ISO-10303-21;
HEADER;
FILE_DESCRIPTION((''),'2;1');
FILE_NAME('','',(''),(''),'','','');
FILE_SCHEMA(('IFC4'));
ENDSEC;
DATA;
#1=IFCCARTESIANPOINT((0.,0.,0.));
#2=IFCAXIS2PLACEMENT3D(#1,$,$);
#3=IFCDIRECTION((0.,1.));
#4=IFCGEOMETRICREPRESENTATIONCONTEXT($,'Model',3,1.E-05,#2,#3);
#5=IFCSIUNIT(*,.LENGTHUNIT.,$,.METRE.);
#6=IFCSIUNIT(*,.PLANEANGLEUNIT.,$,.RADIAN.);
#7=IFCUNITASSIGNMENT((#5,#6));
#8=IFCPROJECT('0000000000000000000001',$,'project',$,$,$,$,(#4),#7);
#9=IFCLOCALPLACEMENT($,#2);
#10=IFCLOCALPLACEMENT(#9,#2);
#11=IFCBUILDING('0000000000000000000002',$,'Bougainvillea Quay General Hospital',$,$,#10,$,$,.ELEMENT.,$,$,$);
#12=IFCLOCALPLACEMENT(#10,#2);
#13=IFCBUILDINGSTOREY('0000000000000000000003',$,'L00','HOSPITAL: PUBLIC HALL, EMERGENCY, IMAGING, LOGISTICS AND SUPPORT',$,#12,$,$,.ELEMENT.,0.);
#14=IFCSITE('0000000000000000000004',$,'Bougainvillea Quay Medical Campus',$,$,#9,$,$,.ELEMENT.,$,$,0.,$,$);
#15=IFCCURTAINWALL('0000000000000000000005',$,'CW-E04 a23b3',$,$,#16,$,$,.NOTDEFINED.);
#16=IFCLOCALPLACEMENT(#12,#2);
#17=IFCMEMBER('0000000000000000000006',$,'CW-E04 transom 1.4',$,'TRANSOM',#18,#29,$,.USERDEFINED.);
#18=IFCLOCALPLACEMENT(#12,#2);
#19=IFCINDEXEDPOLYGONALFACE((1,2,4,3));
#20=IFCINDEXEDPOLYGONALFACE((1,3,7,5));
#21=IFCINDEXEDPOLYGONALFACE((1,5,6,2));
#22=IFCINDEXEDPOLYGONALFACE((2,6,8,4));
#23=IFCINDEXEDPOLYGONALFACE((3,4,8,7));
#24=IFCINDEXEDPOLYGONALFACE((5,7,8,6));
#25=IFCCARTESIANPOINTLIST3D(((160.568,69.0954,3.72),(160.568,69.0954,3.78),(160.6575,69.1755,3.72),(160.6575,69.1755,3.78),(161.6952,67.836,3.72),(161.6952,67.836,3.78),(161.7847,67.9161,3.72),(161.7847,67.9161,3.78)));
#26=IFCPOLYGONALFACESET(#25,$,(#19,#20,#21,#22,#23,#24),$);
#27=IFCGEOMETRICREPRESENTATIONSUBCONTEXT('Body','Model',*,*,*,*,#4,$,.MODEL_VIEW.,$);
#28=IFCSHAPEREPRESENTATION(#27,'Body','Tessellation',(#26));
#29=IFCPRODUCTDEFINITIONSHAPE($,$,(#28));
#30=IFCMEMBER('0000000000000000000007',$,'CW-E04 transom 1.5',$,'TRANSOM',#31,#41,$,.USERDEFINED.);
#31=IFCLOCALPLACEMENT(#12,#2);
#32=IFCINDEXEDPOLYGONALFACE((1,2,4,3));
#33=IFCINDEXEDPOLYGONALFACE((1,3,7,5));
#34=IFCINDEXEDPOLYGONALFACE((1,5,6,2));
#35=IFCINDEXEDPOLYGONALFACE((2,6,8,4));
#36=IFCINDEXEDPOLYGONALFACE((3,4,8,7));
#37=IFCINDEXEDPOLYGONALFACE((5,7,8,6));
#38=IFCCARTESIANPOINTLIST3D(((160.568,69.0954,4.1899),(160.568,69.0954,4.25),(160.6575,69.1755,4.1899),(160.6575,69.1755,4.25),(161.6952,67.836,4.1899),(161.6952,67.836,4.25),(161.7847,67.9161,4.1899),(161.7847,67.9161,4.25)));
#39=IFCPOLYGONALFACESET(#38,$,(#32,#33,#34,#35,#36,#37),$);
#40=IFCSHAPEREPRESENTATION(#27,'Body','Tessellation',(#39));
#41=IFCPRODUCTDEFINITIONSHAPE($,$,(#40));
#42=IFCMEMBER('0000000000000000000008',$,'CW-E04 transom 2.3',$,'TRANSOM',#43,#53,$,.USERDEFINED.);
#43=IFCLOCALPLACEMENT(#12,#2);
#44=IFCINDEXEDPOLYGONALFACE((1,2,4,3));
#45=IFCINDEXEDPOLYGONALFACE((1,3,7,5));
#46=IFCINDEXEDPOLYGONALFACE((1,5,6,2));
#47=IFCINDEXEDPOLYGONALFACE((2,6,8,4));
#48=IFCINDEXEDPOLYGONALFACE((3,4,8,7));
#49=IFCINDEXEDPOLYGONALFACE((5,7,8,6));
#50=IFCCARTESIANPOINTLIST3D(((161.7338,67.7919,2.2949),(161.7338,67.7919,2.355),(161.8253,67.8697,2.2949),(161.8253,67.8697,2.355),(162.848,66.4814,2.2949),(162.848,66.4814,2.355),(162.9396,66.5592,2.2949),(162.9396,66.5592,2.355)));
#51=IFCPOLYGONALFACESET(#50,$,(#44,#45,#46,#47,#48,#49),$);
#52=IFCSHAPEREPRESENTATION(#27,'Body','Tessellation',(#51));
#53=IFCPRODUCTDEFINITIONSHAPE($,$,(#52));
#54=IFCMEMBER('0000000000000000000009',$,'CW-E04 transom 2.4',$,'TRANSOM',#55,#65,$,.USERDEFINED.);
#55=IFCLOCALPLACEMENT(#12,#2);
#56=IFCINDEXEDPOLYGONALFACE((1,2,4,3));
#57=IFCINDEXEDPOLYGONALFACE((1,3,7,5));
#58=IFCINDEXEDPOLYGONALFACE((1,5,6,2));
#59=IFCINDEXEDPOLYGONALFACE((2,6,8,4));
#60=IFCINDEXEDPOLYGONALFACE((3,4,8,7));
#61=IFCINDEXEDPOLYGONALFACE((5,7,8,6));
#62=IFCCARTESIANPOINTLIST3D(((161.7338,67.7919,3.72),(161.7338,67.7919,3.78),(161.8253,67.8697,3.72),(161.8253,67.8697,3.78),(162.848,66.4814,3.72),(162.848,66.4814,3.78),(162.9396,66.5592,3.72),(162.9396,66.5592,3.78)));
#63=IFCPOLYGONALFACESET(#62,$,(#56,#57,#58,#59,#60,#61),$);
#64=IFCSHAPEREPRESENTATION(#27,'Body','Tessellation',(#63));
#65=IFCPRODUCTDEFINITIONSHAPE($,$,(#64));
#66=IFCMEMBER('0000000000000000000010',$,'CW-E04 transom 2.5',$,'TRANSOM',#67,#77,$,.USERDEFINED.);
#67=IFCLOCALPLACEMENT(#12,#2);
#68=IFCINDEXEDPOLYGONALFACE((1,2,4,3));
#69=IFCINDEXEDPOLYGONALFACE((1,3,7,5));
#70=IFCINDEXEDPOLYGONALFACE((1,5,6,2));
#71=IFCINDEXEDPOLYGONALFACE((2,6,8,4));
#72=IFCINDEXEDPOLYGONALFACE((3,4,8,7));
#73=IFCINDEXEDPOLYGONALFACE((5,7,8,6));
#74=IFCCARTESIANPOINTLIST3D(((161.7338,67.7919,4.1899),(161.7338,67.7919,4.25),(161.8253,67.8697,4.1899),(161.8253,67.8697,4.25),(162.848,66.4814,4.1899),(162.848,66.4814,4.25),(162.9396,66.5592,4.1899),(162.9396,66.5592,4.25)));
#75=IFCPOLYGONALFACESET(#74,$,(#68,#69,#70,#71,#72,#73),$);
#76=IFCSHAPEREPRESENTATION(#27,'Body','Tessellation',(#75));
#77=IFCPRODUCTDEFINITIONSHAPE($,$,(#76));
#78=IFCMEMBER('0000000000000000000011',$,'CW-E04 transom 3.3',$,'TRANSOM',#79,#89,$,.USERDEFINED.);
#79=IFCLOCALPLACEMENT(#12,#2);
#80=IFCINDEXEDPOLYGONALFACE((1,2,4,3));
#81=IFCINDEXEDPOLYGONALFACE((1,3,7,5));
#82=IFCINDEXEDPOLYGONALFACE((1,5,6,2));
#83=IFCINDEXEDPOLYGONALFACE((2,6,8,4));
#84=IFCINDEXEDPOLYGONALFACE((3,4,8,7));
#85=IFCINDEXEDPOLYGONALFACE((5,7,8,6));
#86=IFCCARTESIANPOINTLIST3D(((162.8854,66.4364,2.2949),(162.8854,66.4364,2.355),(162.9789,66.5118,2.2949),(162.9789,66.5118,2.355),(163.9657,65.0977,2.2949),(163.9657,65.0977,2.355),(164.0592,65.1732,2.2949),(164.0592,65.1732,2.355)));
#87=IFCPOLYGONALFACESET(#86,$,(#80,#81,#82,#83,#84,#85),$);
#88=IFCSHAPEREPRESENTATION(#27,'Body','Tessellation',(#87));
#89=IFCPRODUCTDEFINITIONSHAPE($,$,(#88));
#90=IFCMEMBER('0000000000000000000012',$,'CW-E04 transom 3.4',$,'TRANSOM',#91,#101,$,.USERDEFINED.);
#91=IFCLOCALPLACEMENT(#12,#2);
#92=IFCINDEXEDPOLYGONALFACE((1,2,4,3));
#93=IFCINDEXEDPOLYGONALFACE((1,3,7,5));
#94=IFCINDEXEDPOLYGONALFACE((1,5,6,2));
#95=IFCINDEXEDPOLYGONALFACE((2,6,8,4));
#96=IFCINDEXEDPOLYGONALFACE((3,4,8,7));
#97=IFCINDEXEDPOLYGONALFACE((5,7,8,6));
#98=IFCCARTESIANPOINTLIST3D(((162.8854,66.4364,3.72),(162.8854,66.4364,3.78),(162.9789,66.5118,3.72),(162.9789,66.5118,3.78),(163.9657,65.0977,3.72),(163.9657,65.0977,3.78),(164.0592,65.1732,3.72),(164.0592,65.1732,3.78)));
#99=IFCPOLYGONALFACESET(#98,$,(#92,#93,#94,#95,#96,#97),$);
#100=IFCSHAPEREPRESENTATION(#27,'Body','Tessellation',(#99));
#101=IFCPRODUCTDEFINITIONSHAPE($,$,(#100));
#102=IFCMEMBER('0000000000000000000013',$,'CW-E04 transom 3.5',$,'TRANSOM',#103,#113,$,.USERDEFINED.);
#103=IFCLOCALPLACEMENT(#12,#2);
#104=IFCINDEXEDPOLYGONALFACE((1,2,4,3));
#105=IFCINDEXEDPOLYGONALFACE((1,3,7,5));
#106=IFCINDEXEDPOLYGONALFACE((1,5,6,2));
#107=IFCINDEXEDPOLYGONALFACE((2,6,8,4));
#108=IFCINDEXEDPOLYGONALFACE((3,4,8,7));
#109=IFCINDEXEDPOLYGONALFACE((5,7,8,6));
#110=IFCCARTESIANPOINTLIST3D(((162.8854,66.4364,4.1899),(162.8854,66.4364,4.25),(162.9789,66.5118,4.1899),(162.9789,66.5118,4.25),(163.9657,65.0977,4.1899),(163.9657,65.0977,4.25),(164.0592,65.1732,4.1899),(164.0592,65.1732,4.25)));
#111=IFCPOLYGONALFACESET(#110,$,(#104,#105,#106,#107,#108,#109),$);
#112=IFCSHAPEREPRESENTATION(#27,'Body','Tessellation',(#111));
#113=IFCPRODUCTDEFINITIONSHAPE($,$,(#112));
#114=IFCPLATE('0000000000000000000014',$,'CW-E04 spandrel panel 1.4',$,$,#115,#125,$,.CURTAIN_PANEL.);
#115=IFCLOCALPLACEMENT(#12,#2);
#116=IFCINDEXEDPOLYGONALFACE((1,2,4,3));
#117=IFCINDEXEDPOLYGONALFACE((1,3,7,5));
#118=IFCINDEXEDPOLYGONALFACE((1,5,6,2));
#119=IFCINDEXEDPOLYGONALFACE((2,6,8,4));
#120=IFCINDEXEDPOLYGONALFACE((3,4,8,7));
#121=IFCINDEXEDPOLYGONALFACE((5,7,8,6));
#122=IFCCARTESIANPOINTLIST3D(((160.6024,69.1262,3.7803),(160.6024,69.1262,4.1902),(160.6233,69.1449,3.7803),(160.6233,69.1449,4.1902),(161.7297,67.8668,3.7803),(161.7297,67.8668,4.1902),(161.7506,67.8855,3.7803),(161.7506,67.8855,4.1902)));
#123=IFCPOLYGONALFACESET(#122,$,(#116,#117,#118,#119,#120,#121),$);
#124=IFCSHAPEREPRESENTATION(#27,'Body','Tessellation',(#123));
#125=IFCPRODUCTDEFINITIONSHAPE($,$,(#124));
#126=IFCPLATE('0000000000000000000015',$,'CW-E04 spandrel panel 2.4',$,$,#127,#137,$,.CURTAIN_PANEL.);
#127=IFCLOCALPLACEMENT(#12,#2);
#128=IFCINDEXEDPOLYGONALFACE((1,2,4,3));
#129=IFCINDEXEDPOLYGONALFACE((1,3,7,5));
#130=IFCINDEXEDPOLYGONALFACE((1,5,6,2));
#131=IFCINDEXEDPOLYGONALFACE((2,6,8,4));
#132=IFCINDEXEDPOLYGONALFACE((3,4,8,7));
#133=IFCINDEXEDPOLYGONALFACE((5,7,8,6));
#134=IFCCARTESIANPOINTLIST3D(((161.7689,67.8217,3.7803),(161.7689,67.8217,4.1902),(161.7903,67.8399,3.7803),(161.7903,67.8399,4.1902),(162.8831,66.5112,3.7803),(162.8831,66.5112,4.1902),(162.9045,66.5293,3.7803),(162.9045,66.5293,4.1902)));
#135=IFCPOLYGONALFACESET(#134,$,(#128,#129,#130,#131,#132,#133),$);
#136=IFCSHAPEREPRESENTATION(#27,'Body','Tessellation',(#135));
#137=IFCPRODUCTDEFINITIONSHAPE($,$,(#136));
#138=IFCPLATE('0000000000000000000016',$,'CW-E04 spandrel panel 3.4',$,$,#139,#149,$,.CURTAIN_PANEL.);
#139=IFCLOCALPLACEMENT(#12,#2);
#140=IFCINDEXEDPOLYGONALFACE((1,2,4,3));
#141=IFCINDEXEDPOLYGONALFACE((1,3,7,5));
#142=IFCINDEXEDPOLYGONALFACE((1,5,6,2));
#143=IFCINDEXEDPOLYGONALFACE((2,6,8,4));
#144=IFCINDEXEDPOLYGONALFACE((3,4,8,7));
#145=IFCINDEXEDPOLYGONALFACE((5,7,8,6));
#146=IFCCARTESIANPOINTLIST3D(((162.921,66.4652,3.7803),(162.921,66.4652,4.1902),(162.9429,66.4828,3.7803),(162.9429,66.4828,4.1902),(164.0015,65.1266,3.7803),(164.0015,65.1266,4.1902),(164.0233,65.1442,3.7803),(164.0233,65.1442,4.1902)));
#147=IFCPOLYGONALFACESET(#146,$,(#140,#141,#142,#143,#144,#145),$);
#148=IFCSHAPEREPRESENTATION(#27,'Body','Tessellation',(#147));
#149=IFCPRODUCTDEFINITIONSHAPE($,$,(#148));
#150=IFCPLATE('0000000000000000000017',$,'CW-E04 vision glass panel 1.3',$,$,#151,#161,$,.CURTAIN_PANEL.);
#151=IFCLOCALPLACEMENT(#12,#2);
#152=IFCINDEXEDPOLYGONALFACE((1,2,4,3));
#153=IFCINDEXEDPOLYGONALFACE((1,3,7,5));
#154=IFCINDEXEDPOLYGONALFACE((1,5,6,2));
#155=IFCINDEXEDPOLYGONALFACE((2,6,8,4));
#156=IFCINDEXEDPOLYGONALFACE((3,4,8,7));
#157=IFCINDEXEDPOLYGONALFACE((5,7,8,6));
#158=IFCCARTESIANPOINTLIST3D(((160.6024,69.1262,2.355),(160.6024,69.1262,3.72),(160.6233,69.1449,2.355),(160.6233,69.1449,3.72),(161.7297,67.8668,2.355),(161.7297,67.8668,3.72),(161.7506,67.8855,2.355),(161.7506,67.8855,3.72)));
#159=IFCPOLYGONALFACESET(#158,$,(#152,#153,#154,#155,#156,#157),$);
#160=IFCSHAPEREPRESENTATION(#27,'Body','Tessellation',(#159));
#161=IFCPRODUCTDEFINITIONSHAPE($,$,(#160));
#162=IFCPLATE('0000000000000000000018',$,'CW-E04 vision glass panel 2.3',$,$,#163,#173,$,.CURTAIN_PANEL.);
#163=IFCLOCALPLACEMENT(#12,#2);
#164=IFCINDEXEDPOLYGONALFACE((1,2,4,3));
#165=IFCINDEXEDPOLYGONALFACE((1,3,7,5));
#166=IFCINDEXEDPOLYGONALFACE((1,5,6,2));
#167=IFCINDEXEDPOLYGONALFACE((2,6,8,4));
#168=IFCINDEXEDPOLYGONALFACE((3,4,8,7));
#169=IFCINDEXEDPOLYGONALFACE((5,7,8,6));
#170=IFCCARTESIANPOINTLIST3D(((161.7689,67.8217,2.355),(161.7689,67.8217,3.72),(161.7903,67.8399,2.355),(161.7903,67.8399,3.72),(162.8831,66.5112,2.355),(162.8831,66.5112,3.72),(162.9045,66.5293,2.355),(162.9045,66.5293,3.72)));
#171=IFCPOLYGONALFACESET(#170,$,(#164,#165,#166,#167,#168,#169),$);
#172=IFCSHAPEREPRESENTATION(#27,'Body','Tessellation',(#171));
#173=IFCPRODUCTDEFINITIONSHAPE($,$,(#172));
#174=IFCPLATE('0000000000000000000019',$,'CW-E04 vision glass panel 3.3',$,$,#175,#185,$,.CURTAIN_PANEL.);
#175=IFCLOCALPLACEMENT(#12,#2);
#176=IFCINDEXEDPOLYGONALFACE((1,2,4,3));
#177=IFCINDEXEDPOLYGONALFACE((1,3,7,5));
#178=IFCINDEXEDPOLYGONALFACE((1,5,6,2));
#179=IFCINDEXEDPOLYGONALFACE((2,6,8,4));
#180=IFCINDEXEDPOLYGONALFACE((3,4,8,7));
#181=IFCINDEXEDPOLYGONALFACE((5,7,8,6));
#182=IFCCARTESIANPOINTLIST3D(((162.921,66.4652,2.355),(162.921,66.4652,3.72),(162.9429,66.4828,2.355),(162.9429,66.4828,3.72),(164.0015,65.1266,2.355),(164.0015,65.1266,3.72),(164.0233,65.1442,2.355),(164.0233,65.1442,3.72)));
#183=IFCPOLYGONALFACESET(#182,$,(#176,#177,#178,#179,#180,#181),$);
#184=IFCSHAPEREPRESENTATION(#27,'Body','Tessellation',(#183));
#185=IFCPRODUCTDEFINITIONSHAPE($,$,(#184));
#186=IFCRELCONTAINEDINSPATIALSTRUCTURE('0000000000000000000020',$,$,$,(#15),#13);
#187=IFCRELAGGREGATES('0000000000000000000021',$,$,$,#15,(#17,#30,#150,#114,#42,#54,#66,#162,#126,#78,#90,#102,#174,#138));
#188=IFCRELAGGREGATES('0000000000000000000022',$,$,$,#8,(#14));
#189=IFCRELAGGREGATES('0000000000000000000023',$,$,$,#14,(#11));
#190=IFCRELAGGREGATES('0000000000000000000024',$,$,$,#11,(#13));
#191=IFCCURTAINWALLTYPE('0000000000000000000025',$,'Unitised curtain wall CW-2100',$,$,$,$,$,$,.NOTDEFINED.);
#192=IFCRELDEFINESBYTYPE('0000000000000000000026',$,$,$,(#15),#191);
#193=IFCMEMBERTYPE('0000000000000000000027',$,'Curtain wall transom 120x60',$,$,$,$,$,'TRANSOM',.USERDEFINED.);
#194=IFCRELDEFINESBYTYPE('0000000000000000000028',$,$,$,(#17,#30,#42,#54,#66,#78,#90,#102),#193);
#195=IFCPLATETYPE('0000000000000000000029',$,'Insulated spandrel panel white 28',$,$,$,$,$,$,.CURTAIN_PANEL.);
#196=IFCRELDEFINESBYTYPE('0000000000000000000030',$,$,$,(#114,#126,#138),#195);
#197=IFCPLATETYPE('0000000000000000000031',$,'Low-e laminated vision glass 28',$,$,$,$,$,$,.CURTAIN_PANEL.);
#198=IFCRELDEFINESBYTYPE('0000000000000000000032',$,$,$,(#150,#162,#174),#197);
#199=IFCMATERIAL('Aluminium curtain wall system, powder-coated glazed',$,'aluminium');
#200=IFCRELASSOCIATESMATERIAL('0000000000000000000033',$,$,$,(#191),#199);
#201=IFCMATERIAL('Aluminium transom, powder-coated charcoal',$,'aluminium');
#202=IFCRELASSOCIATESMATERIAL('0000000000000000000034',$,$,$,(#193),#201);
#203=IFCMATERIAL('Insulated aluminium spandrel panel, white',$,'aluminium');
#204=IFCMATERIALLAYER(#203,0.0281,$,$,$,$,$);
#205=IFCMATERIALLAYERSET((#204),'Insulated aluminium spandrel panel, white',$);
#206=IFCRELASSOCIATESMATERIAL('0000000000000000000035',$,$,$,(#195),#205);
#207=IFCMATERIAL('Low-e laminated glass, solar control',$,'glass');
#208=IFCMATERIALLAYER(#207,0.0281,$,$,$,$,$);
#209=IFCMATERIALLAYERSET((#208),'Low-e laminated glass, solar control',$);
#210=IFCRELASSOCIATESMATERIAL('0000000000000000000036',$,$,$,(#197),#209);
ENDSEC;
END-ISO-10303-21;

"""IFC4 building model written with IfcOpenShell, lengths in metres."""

from ifc_helpers import new_model, si_unit, direction, frame, origin, origin_2d, place, context, subcontext, project, spatial, rectangle, extrude, material, layer, layer_set, material_profile, profile_set, type_object, element, aggregate, save


model = new_model("IFC4")

# Units and contexts
model_context = context("Model", 3, precision=1e-05, world=origin(), true_north=direction((0.0, 1.0)))
body_context = subcontext(model_context, "Body", "Model", "MODEL_VIEW")
ifc_project = project(units=[si_unit("LENGTHUNIT", "METRE"), si_unit("PLANEANGLEUNIT", "RADIAN")], contexts=[model_context])

# Site, building, storey
site_placement = place(None, origin())
site = spatial("IfcSite", under=ifc_project, at=site_placement, Name="Bougainvillea Quay Medical Campus", CompositionType="ELEMENT", RefElevation=0.0)
building_placement = place(site_placement, origin())
building = spatial("IfcBuilding", under=site, at=building_placement, Name="Bougainvillea Quay General Hospital", CompositionType="ELEMENT")
storey_placement = place(building_placement, origin())
storey = spatial("IfcBuildingStorey", under=building, at=storey_placement, Name="L00", Description="HOSPITAL: PUBLIC HALL, EMERGENCY, IMAGING, LOGISTICS AND SUPPORT", CompositionType="ELEMENT", Elevation=0.0)

# Curtain wall, members, plates
ifc_material_1 = material(Name="Aluminium curtain wall system, powder-coated glazed", Category="aluminium")
curtain_wall_type = type_object("IfcCurtainWallType", Name="Unitised curtain wall CW-2100", PredefinedType="NOTDEFINED", material=ifc_material_1)
curtain_wall_placement = place(storey_placement, origin())
curtain_wall = element("IfcCurtainWall", 1, at=curtain_wall_placement, inside=storey, type_object=curtain_wall_type, Name="CW-E04 a23b3", PredefinedType="NOTDEFINED")
ifc_material_2 = material(Name="Aluminium transom, powder-coated charcoal", Category="aluminium")
ifc_material_profile_1 = material_profile(ifc_material_2, rectangle(XDim=0.1201, YDim=0.0601, at=origin_2d()))
ifc_profile_set_1 = profile_set([ifc_material_profile_1], Name="Aluminium transom, powder-coated charcoal")
member_type = type_object("IfcMemberType", Name="Curtain wall transom 120x60", ElementType="TRANSOM", PredefinedType="USERDEFINED", material=ifc_profile_set_1)
member_1_placement = place(storey_placement, frame((160.6128, 69.1355, 3.75), z_axis=(0.666879, -0.745166, 0.0), x_axis=(0.745166, 0.666879, 0.0)))
member_1 = element("IfcMember", 2, at=member_1_placement, type_object=member_type, Name="CW-E04 transom 1.4", ObjectType="TRANSOM", PredefinedType="USERDEFINED", context=body_context, shape_type="SweptSolid", body=[
    extrude(rectangle(XDim=0.1201, YDim=0.0601, at=origin_2d()), origin(), (0.0, 0.0, 1.0), 1.6902),
])
member_2_placement = place(storey_placement, frame((160.6128, 69.1355, 4.22), z_axis=(0.666879, -0.745166, 0.0), x_axis=(0.745166, 0.666879, 0.0)))
member_2 = element("IfcMember", 3, at=member_2_placement, type_object=member_type, Name="CW-E04 transom 1.5", ObjectType="TRANSOM", PredefinedType="USERDEFINED", context=body_context, shape_type="SweptSolid", body=[
    extrude(rectangle(XDim=0.1201, YDim=0.0601, at=origin_2d()), origin(), (0.0, 0.0, 1.0), 1.6902),
])
member_3_placement = place(storey_placement, frame((161.7795, 67.8308, 2.325), z_axis=(0.647747, -0.761855, 0.0), x_axis=(0.761855, 0.647747, 0.0)))
member_3 = element("IfcMember", 4, at=member_3_placement, type_object=member_type, Name="CW-E04 transom 2.3", ObjectType="TRANSOM", PredefinedType="USERDEFINED", context=body_context, shape_type="SweptSolid", body=[
    extrude(rectangle(XDim=0.1201, YDim=0.0601, at=origin_2d()), origin(), (0.0, 0.0, 1.0), 1.7202),
])
member_4_placement = place(storey_placement, frame((161.7795, 67.8308, 3.75), z_axis=(0.647747, -0.761855, 0.0), x_axis=(0.761855, 0.647747, 0.0)))
member_4 = element("IfcMember", 5, at=member_4_placement, type_object=member_type, Name="CW-E04 transom 2.4", ObjectType="TRANSOM", PredefinedType="USERDEFINED", context=body_context, shape_type="SweptSolid", body=[
    extrude(rectangle(XDim=0.1201, YDim=0.0601, at=origin_2d()), origin(), (0.0, 0.0, 1.0), 1.7202),
])
member_5_placement = place(storey_placement, frame((161.7795, 67.8308, 4.22), z_axis=(0.647747, -0.761855, 0.0), x_axis=(0.761855, 0.647747, 0.0)))
member_5 = element("IfcMember", 6, at=member_5_placement, type_object=member_type, Name="CW-E04 transom 2.5", ObjectType="TRANSOM", PredefinedType="USERDEFINED", context=body_context, shape_type="SweptSolid", body=[
    extrude(rectangle(XDim=0.1201, YDim=0.0601, at=origin_2d()), origin(), (0.0, 0.0, 1.0), 1.7202),
])
member_6_placement = place(storey_placement, frame((162.9321, 66.4741, 2.325), z_axis=(0.62803, -0.778189, 0.0), x_axis=(0.778189, 0.62803, 0.0)))
member_6 = element("IfcMember", 7, at=member_6_placement, type_object=member_type, Name="CW-E04 transom 3.3", ObjectType="TRANSOM", PredefinedType="USERDEFINED", context=body_context, shape_type="SweptSolid", body=[
    extrude(rectangle(XDim=0.1201, YDim=0.0601, at=origin_2d()), origin(), (0.0, 0.0, 1.0), 1.7202),
])
member_7_placement = place(storey_placement, frame((162.9321, 66.4741, 3.75), z_axis=(0.62803, -0.778189, 0.0), x_axis=(0.778189, 0.62803, 0.0)))
member_7 = element("IfcMember", 8, at=member_7_placement, type_object=member_type, Name="CW-E04 transom 3.4", ObjectType="TRANSOM", PredefinedType="USERDEFINED", context=body_context, shape_type="SweptSolid", body=[
    extrude(rectangle(XDim=0.1201, YDim=0.0601, at=origin_2d()), origin(), (0.0, 0.0, 1.0), 1.7202),
])
member_8_placement = place(storey_placement, frame((162.9321, 66.4741, 4.22), z_axis=(0.62803, -0.778189, 0.0), x_axis=(0.778189, 0.62803, 0.0)))
member_8 = element("IfcMember", 9, at=member_8_placement, type_object=member_type, Name="CW-E04 transom 3.5", ObjectType="TRANSOM", PredefinedType="USERDEFINED", context=body_context, shape_type="SweptSolid", body=[
    extrude(rectangle(XDim=0.1201, YDim=0.0601, at=origin_2d()), origin(), (0.0, 0.0, 1.0), 1.7202),
])
ifc_material_3 = material(Name="Insulated aluminium spandrel panel, white", Category="aluminium")
ifc_layer_1 = layer(ifc_material_3, 0.0281)
ifc_layer_set_1 = layer_set([ifc_layer_1], Name="Insulated aluminium spandrel panel, white")
plate_type_1 = type_object("IfcPlateType", Name="Insulated spandrel panel white 28", PredefinedType="CURTAIN_PANEL", material=ifc_layer_set_1)
plate_1_placement = place(storey_placement, frame((161.1765, 68.5059, 3.7803), z_axis=(0.0, 0.0, 1.0), x_axis=(0.666959, -0.745094, 0.0)))
plate_1 = element("IfcPlate", 10, at=plate_1_placement, type_object=plate_type_1, Name="CW-E04 spandrel panel 1.4", PredefinedType="CURTAIN_PANEL", context=body_context, shape_type="SweptSolid", body=[
    extrude(rectangle(XDim=1.6902, YDim=0.0281, at=origin_2d()), origin(), (0.0, 0.0, 1.0), 0.4099),
])
plate_2_placement = place(storey_placement, frame((162.3367, 67.1755, 3.7803), z_axis=(0.0, 0.0, 1.0), x_axis=(0.647726, -0.761873, 0.0)))
plate_2 = element("IfcPlate", 11, at=plate_2_placement, type_object=plate_type_1, Name="CW-E04 spandrel panel 2.4", PredefinedType="CURTAIN_PANEL", context=body_context, shape_type="SweptSolid", body=[
    extrude(rectangle(XDim=1.7202, YDim=0.0281, at=origin_2d()), origin(), (0.0, 0.0, 1.0), 0.4099),
])
plate_3_placement = place(storey_placement, frame((163.4722, 65.8047, 3.7803), z_axis=(0.0, 0.0, 1.0), x_axis=(0.628072, -0.778155, 0.0)))
plate_3 = element("IfcPlate", 12, at=plate_3_placement, type_object=plate_type_1, Name="CW-E04 spandrel panel 3.4", PredefinedType="CURTAIN_PANEL", context=body_context, shape_type="SweptSolid", body=[
    extrude(rectangle(XDim=1.7202, YDim=0.0281, at=origin_2d()), origin(), (0.0, 0.0, 1.0), 0.4099),
])
ifc_material_4 = material(Name="Low-e laminated glass, solar control", Category="glass")
ifc_layer_2 = layer(ifc_material_4, 0.0281)
ifc_layer_set_2 = layer_set([ifc_layer_2], Name="Low-e laminated glass, solar control")
plate_type_2 = type_object("IfcPlateType", Name="Low-e laminated vision glass 28", PredefinedType="CURTAIN_PANEL", material=ifc_layer_set_2)
plate_4_placement = place(storey_placement, frame((161.1765, 68.5059, 2.355), z_axis=(0.0, 0.0, 1.0), x_axis=(0.666959, -0.745094, 0.0)))
plate_4 = element("IfcPlate", 13, at=plate_4_placement, type_object=plate_type_2, Name="CW-E04 vision glass panel 1.3", PredefinedType="CURTAIN_PANEL", context=body_context, shape_type="SweptSolid", body=[
    extrude(rectangle(XDim=1.6902, YDim=0.0281, at=origin_2d()), origin(), (0.0, 0.0, 1.0), 1.365),
])
plate_5_placement = place(storey_placement, frame((162.3367, 67.1755, 2.355), z_axis=(0.0, 0.0, 1.0), x_axis=(0.647726, -0.761873, 0.0)))
plate_5 = element("IfcPlate", 14, at=plate_5_placement, type_object=plate_type_2, Name="CW-E04 vision glass panel 2.3", PredefinedType="CURTAIN_PANEL", context=body_context, shape_type="SweptSolid", body=[
    extrude(rectangle(XDim=1.7202, YDim=0.0281, at=origin_2d()), origin(), (0.0, 0.0, 1.0), 1.365),
])
plate_6_placement = place(storey_placement, frame((163.4722, 65.8047, 2.355), z_axis=(0.0, 0.0, 1.0), x_axis=(0.628072, -0.778155, 0.0)))
plate_6 = element("IfcPlate", 15, at=plate_6_placement, type_object=plate_type_2, Name="CW-E04 vision glass panel 3.3", PredefinedType="CURTAIN_PANEL", context=body_context, shape_type="SweptSolid", body=[
    extrude(rectangle(XDim=1.7202, YDim=0.0281, at=origin_2d()), origin(), (0.0, 0.0, 1.0), 1.365),
])
aggregate(curtain_wall, [member_1, member_2, plate_4, plate_1, member_3, member_4, member_5, plate_5, plate_2, member_6, member_7, member_8, plate_6, plate_3])

save(model, "model.ifc")
